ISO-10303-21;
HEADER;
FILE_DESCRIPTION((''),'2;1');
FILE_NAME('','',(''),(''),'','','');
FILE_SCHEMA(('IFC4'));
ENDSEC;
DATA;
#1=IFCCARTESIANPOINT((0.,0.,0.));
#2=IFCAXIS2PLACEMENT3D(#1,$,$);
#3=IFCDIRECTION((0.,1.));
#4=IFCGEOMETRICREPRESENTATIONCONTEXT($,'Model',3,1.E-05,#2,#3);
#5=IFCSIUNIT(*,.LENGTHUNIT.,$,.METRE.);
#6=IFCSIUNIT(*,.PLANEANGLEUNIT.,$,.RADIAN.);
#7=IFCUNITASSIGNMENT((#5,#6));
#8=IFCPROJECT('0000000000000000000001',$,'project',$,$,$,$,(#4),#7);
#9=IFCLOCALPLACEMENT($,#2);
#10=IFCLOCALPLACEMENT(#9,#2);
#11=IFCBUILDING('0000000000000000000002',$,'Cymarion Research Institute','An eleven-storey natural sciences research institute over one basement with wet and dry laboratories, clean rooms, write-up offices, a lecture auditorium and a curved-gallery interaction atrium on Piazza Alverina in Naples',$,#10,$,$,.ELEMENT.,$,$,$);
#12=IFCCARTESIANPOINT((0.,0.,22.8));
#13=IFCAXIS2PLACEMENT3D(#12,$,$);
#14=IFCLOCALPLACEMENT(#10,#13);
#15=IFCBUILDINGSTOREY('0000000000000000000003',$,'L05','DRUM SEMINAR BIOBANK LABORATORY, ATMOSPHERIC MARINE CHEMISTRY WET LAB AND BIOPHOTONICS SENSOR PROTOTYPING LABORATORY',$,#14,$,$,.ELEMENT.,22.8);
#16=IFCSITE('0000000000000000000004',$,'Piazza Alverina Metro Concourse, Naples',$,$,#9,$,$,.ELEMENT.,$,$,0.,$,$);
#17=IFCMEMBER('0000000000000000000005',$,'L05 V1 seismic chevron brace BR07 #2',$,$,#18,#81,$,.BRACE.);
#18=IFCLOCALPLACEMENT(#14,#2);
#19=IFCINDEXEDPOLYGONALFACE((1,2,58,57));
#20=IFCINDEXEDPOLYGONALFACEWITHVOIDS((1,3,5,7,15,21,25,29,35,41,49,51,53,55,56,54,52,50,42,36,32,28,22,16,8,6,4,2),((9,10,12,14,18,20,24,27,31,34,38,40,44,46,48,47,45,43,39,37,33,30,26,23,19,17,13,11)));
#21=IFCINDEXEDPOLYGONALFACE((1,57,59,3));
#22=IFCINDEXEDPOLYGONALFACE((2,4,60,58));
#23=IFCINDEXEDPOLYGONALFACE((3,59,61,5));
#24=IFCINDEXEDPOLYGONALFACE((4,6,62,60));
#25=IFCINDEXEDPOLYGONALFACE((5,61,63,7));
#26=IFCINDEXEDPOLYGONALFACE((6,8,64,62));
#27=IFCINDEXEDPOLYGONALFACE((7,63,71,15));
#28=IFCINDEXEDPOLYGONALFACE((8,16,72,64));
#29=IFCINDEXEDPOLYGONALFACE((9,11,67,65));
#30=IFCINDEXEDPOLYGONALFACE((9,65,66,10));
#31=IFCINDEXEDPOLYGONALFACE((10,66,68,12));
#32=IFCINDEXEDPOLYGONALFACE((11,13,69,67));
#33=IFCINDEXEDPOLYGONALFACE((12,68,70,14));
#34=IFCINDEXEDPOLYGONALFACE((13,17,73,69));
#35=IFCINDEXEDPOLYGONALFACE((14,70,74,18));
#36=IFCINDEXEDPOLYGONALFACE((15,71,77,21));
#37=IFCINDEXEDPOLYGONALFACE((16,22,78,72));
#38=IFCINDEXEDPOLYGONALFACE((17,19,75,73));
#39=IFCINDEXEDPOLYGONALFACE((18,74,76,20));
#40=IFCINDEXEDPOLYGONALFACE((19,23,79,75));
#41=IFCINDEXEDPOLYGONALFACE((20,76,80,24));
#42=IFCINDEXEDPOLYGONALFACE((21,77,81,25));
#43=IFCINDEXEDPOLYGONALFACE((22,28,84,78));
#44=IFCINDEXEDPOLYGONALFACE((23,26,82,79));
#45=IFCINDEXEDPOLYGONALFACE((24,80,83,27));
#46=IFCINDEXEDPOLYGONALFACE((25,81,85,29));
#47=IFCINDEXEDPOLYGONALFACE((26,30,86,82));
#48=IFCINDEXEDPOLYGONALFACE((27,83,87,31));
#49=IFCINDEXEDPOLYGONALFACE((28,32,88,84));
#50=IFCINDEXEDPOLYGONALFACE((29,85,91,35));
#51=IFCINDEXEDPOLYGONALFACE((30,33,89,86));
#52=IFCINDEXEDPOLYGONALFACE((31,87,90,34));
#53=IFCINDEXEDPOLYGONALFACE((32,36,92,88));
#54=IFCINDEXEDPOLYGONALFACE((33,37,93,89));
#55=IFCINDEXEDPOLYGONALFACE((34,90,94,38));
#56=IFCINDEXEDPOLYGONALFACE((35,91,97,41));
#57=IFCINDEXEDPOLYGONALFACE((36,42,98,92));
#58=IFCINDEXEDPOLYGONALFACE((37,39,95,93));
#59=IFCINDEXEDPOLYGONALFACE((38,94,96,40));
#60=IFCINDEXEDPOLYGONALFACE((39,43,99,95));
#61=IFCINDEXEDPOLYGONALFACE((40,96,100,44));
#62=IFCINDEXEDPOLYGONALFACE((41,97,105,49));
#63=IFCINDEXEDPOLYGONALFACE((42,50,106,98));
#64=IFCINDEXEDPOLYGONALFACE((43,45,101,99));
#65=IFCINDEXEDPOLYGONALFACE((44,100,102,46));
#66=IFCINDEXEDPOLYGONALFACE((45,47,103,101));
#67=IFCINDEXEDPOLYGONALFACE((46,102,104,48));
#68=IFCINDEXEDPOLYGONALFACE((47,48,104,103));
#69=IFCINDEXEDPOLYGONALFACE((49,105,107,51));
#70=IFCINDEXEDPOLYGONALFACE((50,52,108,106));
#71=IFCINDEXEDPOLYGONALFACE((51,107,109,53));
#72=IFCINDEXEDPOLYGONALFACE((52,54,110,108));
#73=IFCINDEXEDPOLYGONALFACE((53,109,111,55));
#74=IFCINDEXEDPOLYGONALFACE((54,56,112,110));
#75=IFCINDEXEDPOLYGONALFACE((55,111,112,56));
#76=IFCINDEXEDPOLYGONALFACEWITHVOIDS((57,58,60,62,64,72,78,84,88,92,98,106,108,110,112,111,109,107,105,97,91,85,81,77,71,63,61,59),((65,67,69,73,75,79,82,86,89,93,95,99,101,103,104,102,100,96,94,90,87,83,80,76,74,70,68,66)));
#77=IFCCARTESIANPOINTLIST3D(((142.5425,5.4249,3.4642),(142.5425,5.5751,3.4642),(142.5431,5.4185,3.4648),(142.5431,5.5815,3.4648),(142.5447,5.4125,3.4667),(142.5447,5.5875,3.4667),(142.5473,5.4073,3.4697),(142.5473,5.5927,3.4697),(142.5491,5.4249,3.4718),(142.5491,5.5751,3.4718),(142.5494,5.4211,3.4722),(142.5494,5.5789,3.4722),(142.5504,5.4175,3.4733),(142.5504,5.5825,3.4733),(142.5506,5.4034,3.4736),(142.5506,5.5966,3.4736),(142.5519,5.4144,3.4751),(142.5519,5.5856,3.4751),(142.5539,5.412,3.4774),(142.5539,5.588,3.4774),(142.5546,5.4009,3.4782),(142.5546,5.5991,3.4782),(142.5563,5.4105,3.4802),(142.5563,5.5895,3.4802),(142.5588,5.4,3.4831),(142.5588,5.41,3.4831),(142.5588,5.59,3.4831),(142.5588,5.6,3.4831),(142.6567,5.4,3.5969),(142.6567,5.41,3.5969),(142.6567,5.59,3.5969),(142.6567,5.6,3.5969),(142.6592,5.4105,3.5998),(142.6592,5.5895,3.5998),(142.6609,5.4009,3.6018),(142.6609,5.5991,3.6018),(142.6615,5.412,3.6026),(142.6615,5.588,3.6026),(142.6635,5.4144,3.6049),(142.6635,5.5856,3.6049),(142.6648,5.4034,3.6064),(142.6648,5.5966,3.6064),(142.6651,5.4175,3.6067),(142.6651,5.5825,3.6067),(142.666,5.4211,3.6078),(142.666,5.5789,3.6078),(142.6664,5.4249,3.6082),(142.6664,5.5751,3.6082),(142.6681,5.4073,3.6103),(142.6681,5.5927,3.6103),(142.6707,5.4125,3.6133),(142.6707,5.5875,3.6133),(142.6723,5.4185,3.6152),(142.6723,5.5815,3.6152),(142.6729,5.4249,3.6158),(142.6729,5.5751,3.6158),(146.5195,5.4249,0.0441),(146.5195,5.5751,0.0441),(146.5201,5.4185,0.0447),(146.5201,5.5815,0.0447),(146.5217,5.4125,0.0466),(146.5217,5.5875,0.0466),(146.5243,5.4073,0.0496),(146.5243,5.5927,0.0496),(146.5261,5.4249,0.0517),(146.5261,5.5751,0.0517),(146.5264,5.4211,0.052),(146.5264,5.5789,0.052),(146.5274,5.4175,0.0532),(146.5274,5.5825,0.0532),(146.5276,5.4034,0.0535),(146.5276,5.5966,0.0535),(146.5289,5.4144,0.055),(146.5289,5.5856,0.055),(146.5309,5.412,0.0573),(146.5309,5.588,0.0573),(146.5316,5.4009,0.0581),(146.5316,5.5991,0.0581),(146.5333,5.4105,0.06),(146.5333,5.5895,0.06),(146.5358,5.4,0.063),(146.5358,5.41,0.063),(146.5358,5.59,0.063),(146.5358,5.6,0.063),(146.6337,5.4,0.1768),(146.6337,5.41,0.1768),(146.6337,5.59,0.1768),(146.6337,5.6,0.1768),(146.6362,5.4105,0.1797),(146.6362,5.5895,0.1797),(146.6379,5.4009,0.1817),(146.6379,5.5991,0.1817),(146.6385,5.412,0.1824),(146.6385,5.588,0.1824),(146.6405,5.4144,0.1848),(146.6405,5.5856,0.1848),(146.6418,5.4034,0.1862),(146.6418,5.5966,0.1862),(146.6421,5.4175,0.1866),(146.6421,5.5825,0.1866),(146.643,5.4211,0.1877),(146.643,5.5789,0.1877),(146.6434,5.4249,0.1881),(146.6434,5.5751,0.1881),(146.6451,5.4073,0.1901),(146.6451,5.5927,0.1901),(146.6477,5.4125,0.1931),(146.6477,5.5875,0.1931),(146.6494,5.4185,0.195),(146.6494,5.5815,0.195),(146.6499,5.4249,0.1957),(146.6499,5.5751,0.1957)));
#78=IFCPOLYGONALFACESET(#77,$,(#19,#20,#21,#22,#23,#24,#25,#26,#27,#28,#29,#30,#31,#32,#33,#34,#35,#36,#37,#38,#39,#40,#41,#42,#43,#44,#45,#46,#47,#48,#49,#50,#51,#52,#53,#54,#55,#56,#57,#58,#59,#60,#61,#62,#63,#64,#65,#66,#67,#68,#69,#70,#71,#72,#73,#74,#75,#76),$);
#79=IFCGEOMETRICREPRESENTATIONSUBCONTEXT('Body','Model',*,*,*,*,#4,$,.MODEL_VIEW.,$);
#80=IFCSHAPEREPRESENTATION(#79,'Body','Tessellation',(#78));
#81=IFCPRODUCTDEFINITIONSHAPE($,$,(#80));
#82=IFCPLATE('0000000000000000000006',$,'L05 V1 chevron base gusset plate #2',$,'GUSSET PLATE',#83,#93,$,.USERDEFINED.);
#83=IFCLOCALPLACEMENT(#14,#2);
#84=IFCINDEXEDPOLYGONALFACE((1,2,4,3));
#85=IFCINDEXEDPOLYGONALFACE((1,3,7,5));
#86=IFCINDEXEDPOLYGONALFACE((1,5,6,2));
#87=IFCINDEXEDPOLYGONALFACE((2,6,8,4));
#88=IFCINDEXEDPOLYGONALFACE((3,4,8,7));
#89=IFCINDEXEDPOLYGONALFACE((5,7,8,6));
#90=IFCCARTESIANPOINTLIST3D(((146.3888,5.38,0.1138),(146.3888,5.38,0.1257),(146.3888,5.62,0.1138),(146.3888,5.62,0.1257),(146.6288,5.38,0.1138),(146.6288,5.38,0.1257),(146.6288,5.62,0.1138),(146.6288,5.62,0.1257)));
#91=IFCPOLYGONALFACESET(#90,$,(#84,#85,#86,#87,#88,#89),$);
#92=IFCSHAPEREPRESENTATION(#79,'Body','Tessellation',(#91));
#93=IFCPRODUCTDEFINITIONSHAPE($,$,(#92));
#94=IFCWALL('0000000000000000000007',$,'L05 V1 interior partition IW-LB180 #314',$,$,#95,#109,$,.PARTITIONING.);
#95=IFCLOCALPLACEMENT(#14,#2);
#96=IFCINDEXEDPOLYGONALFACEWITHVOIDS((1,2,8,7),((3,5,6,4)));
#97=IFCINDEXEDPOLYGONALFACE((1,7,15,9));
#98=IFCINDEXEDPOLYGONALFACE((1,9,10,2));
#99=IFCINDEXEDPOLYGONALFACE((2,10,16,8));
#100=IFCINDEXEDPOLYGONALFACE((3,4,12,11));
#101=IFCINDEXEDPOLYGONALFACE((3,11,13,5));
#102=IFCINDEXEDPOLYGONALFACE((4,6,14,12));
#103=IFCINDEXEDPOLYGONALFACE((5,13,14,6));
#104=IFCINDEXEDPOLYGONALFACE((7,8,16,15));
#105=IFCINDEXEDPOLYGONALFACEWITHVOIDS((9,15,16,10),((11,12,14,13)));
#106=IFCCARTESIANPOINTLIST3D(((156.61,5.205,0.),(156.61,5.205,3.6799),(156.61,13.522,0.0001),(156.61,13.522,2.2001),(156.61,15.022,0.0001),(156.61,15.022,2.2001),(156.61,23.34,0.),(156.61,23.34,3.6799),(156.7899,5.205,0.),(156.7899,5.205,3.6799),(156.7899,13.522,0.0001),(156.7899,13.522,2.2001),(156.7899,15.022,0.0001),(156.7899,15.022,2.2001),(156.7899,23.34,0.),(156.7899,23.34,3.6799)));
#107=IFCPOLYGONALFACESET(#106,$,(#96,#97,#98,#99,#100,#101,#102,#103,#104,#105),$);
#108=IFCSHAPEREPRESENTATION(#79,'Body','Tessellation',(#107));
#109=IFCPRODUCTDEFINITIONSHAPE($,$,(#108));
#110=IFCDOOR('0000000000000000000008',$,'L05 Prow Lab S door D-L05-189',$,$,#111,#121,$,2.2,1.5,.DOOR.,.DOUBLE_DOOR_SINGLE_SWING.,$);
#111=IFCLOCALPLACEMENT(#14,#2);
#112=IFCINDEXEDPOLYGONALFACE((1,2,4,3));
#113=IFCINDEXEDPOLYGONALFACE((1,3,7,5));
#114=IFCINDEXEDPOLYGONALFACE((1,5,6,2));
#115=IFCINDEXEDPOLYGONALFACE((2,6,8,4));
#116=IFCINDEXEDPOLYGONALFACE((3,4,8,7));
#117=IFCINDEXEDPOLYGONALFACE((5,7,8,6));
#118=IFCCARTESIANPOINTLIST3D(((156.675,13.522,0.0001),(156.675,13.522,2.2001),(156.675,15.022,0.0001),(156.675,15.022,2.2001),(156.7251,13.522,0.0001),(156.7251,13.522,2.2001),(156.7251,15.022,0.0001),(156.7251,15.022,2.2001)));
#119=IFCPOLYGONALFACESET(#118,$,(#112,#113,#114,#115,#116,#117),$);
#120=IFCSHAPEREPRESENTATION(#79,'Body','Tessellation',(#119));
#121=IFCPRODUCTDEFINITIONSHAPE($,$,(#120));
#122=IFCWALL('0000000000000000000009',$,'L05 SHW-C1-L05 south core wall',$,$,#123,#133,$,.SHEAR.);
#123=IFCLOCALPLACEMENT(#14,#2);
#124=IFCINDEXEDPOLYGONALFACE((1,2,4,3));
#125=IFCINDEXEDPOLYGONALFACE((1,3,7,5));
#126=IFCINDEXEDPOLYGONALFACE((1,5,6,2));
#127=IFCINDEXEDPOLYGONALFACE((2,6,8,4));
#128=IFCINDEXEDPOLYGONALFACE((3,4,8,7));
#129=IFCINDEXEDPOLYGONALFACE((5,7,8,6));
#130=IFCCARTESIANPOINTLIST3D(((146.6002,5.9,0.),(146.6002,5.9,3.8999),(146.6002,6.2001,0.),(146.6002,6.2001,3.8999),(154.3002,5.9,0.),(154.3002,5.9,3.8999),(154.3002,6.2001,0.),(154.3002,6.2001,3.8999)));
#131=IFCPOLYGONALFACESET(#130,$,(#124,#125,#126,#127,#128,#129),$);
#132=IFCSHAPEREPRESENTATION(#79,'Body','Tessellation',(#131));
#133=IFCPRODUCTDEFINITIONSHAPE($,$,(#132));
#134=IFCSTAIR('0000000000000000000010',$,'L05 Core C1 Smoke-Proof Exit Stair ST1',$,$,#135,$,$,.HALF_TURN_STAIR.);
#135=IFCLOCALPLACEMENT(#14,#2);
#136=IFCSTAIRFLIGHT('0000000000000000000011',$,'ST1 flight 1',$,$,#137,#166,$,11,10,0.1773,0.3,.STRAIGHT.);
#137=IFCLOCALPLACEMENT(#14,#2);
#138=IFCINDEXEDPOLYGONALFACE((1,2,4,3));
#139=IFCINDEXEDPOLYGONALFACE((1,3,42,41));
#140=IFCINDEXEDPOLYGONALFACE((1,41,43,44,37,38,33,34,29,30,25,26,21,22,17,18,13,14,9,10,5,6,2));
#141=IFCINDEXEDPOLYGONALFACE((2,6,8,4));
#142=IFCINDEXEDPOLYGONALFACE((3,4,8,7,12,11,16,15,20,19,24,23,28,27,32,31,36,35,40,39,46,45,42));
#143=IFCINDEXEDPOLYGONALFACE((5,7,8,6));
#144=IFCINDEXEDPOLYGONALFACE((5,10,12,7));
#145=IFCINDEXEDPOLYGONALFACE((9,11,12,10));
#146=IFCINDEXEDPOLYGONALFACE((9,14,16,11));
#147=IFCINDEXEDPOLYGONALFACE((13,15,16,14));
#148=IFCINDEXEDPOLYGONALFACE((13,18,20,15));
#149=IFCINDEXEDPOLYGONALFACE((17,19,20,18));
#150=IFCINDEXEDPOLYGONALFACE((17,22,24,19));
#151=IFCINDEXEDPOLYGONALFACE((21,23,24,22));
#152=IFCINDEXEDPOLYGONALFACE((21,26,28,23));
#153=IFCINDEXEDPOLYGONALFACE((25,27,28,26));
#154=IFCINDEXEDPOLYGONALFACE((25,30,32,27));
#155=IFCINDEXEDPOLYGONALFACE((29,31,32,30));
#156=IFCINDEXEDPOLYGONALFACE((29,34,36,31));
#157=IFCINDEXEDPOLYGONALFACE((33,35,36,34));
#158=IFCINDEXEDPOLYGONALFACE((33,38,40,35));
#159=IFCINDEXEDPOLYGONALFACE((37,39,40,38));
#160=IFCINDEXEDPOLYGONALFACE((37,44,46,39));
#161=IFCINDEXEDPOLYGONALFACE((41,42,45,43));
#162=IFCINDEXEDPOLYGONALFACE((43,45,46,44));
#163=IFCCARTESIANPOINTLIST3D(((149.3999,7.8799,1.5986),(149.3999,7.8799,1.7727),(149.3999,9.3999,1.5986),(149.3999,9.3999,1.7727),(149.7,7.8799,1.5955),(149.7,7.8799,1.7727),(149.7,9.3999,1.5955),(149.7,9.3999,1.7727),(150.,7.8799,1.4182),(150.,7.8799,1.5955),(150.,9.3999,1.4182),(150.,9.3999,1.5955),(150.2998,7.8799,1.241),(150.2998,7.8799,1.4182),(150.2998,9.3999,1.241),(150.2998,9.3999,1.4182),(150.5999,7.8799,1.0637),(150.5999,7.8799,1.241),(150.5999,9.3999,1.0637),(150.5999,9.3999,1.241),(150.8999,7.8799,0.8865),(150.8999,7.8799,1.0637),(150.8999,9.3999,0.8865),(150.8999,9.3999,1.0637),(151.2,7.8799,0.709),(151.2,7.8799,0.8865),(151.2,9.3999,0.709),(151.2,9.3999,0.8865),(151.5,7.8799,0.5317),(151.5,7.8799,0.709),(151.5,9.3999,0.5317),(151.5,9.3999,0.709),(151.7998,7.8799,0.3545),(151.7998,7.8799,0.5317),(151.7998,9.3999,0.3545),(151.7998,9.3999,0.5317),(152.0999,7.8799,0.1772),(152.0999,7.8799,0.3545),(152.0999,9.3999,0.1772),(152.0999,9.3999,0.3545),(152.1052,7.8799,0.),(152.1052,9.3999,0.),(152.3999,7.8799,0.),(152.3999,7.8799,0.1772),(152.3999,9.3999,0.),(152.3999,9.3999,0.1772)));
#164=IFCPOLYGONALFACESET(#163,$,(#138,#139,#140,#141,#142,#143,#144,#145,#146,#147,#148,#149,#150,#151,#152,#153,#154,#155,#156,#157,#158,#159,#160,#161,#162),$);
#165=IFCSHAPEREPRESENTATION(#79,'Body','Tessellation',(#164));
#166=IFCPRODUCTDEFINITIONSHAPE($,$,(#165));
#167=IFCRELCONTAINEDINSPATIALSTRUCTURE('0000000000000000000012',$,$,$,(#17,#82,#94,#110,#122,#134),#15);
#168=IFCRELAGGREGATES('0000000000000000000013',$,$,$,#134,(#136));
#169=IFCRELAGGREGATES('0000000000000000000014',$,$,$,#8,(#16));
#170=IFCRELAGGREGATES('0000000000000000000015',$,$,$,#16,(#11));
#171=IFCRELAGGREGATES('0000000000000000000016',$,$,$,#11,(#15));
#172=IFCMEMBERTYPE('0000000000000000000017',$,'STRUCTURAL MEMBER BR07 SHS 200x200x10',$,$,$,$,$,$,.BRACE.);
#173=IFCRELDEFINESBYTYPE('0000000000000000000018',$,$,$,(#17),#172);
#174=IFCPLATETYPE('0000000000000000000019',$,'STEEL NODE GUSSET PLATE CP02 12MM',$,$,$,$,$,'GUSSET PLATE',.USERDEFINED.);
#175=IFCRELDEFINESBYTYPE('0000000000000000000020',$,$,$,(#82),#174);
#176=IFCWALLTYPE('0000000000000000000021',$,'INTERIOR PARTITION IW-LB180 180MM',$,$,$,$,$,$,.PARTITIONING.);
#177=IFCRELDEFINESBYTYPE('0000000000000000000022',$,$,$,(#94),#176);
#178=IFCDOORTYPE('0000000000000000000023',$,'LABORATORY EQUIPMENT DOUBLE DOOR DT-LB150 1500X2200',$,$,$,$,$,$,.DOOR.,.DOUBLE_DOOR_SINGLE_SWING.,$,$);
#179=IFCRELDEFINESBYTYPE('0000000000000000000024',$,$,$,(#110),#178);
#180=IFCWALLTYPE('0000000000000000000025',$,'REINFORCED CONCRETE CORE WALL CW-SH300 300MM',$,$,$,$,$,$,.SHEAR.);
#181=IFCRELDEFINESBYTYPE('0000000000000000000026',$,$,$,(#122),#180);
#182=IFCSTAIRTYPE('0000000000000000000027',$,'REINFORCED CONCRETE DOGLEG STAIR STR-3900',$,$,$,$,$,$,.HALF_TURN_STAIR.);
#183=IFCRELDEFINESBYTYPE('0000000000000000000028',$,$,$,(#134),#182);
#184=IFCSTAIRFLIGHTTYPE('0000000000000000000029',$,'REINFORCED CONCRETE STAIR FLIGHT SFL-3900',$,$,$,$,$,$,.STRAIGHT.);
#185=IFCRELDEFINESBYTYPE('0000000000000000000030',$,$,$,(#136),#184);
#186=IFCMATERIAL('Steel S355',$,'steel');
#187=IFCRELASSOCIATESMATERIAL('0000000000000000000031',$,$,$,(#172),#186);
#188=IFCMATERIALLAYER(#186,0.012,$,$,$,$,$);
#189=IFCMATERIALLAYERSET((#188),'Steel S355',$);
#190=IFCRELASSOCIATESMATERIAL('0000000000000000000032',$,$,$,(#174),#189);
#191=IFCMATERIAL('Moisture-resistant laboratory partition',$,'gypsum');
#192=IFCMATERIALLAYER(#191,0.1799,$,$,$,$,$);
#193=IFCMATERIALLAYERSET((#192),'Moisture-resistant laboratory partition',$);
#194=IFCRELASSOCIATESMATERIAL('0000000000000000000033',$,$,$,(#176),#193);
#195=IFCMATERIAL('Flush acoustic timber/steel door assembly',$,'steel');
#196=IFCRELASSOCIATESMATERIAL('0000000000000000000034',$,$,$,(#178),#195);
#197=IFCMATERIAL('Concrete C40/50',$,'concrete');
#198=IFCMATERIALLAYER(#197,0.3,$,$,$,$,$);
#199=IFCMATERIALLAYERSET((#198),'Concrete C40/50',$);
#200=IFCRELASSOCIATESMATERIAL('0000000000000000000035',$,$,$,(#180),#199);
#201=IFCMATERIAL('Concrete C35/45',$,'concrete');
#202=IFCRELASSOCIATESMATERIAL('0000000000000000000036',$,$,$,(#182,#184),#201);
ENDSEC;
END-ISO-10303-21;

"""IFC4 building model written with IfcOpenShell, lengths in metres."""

from ifc_helpers import new_model, si_unit, direction, frame, frame_2d, origin, origin_2d, place, context, subcontext, project, spatial, polyline, rectangle, hollow_rectangle, outline, extrude, material, layer, layer_set, material_profile, profile_set, type_object, element, fill, aggregate, save


model = new_model("IFC4")

# Units and contexts
model_context = context("Model", 3, precision=1e-05, world=origin(), true_north=direction((0.0, 1.0)))
body_context = subcontext(model_context, "Body", "Model", "MODEL_VIEW")
ifc_project = project(units=[si_unit("LENGTHUNIT", "METRE"), si_unit("PLANEANGLEUNIT", "RADIAN")], contexts=[model_context])

# Site, building, storey
site_placement = place(None, origin())
site = spatial("IfcSite", under=ifc_project, at=site_placement, Name="Piazza Alverina Metro Concourse, Naples", CompositionType="ELEMENT", RefElevation=0.0)
building_placement = place(site_placement, origin())
building = spatial("IfcBuilding", under=site, at=building_placement, Name="Cymarion Research Institute", Description="An eleven-storey natural sciences research institute over one basement with wet and dry laboratories, clean rooms, write-up offices, a lecture auditorium and a curved-gallery interaction atrium on Piazza Alverina in Naples", CompositionType="ELEMENT")
storey_placement = place(building_placement, frame((0.0, 0.0, 22.8)))
storey = spatial("IfcBuildingStorey", under=building, at=storey_placement, Name="L05", Description="DRUM SEMINAR BIOBANK LABORATORY, ATMOSPHERIC MARINE CHEMISTRY WET LAB AND BIOPHOTONICS SENSOR PROTOTYPING LABORATORY", CompositionType="ELEMENT", Elevation=22.8)

# Shared definitions
ifc_material_1 = material(Name="Steel S355", Category="steel")

# Shared definitions
ifc_material_2 = material(Name="Concrete C40/50", Category="concrete")

# Member
ifc_material_profile_1 = material_profile(ifc_material_1, hollow_rectangle(XDim=0.2, YDim=0.2, WallThickness=0.01, InnerFilletRadius=0.0149, OuterFilletRadius=0.0249, at=origin_2d()), Name="SHS 200x200x10")
ifc_profile_set_1 = profile_set([ifc_material_profile_1], Name="Steel S355")
member_type_1 = type_object("IfcMemberType", Name="STRUCTURAL MEMBER BR07 SHS 200x200x10", PredefinedType="BRACE", material=ifc_profile_set_1)
member_1_placement = place(storey_placement, frame((146.5847, 5.5, 0.1199), z_axis=(-0.758194, 0.0, 0.652029), x_axis=(0.0, -1.0, 0.0)))
element("IfcMember", 1, at=member_1_placement, inside=storey, type_object=member_type_1, Name="L05 V1 seismic chevron brace BR07 #2", PredefinedType="BRACE", context=body_context, shape_type="SweptSolid", body=[
    extrude(hollow_rectangle(XDim=0.2, YDim=0.2, WallThickness=0.01, InnerFilletRadius=0.0149, OuterFilletRadius=0.0249, at=origin_2d()), origin(), (0.0, 0.0, 1.0), 5.2454),
])

# Plate
ifc_layer_1 = layer(ifc_material_1, 0.012)
ifc_layer_set_1 = layer_set([ifc_layer_1], Name="Steel S355")
plate_type = type_object("IfcPlateType", Name="STEEL NODE GUSSET PLATE CP02 12MM", ElementType="GUSSET PLATE", PredefinedType="USERDEFINED", material=ifc_layer_set_1)
plate_placement = place(storey_placement, frame((146.5088, 5.5, 0.1138), z_axis=(0.0, 0.0, 1.0), x_axis=(1.0, 0.0, 0.0)))
element("IfcPlate", 2, at=plate_placement, inside=storey, type_object=plate_type, Name="L05 V1 chevron base gusset plate #2", ObjectType="GUSSET PLATE", PredefinedType="USERDEFINED", context=body_context, shape_type="SweptSolid", body=[
    extrude(rectangle(XDim=0.24, YDim=0.24, at=origin_2d()), origin(), (0.0, 0.0, 1.0), 0.012),
])

# Wall, opening, door
ifc_material_3 = material(Name="Moisture-resistant laboratory partition", Category="gypsum")
ifc_layer_2 = layer(ifc_material_3, 0.1799)
ifc_layer_set_2 = layer_set([ifc_layer_2], Name="Moisture-resistant laboratory partition")
wall_type_1 = type_object("IfcWallType", Name="INTERIOR PARTITION IW-LB180 180MM", PredefinedType="PARTITIONING", material=ifc_layer_set_2)
wall_1_placement = place(storey_placement, frame((156.7, 5.2051, 0.0), z_axis=(0.0, 0.0, 1.0), x_axis=(0.0, 1.0, 0.0)))
wall_1 = element("IfcWall", 3, at=wall_1_placement, inside=storey, type_object=wall_type_1, Name="L05 V1 interior partition IW-LB180 #314", PredefinedType="PARTITIONING", context=body_context, shape_type="SweptSolid", body=[
    extrude(rectangle(XDim=18.135, YDim=0.1799, at=frame_2d((9.0674, 0.0))), origin(), (0.0, 0.0, 1.0), 3.6799),
])
opening_1_placement = place(wall_1_placement, frame((8.3169, 0.0, 0.0)))
opening_1 = element("IfcOpeningElement", 4, at=opening_1_placement, cuts=wall_1, PredefinedType="OPENING", context=body_context, shape_type="SweptSolid", body=[
    extrude(rectangle(XDim=1.5, YDim=2.2, at=frame_2d((0.75, 1.1001))), frame((0.0, 0.0999, 0.0), z_axis=(0.0, -1.0, 0.0), x_axis=(1.0, 0.0, 0.0)), (0.0, 0.0, 1.0), 0.2),
])
ifc_material_4 = material(Name="Flush acoustic timber/steel door assembly", Category="steel")
door_type_1 = type_object("IfcDoorType", Name="LABORATORY EQUIPMENT DOUBLE DOOR DT-LB150 1500X2200", OperationType="DOUBLE_DOOR_SINGLE_SWING", PredefinedType="DOOR", material=ifc_material_4)
door_1_placement = place(opening_1_placement, origin())
door_1 = element("IfcDoor", 5, at=door_1_placement, inside=storey, type_object=door_type_1, Name="L05 Prow Lab S door D-L05-189", OperationType="DOUBLE_DOOR_SINGLE_SWING", OverallHeight=2.2, OverallWidth=1.5, PredefinedType="DOOR", context=body_context, shape_type="SweptSolid", body=[
    extrude(rectangle(XDim=1.5, YDim=2.2, at=frame_2d((0.75, 1.1001))), frame((0.0, 0.0249, 0.0), z_axis=(0.0, -1.0, 0.0), x_axis=(1.0, 0.0, 0.0)), (0.0, 0.0, 1.0), 0.05),
])
fill(opening_1, door_1)

# Wall
ifc_layer_3 = layer(ifc_material_2, 0.3)
ifc_layer_set_3 = layer_set([ifc_layer_3], Name="Concrete C40/50")
wall_type_2 = type_object("IfcWallType", Name="REINFORCED CONCRETE CORE WALL CW-SH300 300MM", PredefinedType="SHEAR", material=ifc_layer_set_3)
wall_2_placement = place(storey_placement, frame((146.6001, 6.05, 0.0), z_axis=(0.0, 0.0, 1.0), x_axis=(1.0, 0.0, 0.0)))
element("IfcWall", 6, at=wall_2_placement, inside=storey, type_object=wall_type_2, Name="L05 SHW-C1-L05 south core wall", PredefinedType="SHEAR", context=body_context, shape_type="SweptSolid", body=[
    extrude(rectangle(XDim=7.7, YDim=0.3, at=frame_2d((3.8501, 0.0))), origin(), (0.0, 0.0, 1.0), 3.8999),
])

# Stair, stair flight
ifc_material_5 = material(Name="Concrete C35/45", Category="concrete")
stair_type = type_object("IfcStairType", Name="REINFORCED CONCRETE DOGLEG STAIR STR-3900", PredefinedType="HALF_TURN_STAIR", material=ifc_material_5)
stair_placement = place(storey_placement, origin())
stair = element("IfcStair", 7, at=stair_placement, inside=storey, type_object=stair_type, Name="L05 Core C1 Smoke-Proof Exit Stair ST1", PredefinedType="HALF_TURN_STAIR")
stair_flight_type = type_object("IfcStairFlightType", Name="REINFORCED CONCRETE STAIR FLIGHT SFL-3900", PredefinedType="STRAIGHT", material=ifc_material_5)
stair_flight_1_placement = place(storey_placement, frame((152.3999, 8.6399, 0.0), z_axis=(0.0, 0.0, 1.0), x_axis=(-1.0, 0.0, 0.0)))
stair_flight_1 = element("IfcStairFlight", 8, at=stair_flight_1_placement, type_object=stair_flight_type, Name="ST1 flight 1", NumberOfRisers=11, NumberOfTreads=10, PredefinedType="STRAIGHT", RiserHeight=0.1773, TreadLength=0.3, context=body_context, shape_type="SweptSolid", body=[
    extrude(outline(polyline([(0.0, 0.0), (0.0, 0.1772), (0.3, 0.1772), (0.3, 0.3545), (0.6001, 0.3545), (0.6001, 0.5317), (0.8999, 0.5317), (0.8999, 0.709), (1.2, 0.709), (1.2, 0.8865), (1.5, 0.8865), (1.5, 1.0637), (1.8, 1.0637), (1.8, 1.241), (2.1001, 1.241), (2.1001, 1.4182), (2.3999, 1.4182), (2.3999, 1.5955), (2.7, 1.5955), (2.7, 1.7727), (3.0, 1.7727), (3.0, 1.95), (3.0, 1.5986), (0.2947, 0.0), (0.0, 0.0)])), frame((0.0, 0.76, 0.0), z_axis=(0.0, -1.0, 0.0), x_axis=(1.0, 0.0, 0.0)), (0.0, 0.0, 1.0), 1.52),
])
aggregate(stair, [stair_flight_1])

save(model, "model.ifc")
